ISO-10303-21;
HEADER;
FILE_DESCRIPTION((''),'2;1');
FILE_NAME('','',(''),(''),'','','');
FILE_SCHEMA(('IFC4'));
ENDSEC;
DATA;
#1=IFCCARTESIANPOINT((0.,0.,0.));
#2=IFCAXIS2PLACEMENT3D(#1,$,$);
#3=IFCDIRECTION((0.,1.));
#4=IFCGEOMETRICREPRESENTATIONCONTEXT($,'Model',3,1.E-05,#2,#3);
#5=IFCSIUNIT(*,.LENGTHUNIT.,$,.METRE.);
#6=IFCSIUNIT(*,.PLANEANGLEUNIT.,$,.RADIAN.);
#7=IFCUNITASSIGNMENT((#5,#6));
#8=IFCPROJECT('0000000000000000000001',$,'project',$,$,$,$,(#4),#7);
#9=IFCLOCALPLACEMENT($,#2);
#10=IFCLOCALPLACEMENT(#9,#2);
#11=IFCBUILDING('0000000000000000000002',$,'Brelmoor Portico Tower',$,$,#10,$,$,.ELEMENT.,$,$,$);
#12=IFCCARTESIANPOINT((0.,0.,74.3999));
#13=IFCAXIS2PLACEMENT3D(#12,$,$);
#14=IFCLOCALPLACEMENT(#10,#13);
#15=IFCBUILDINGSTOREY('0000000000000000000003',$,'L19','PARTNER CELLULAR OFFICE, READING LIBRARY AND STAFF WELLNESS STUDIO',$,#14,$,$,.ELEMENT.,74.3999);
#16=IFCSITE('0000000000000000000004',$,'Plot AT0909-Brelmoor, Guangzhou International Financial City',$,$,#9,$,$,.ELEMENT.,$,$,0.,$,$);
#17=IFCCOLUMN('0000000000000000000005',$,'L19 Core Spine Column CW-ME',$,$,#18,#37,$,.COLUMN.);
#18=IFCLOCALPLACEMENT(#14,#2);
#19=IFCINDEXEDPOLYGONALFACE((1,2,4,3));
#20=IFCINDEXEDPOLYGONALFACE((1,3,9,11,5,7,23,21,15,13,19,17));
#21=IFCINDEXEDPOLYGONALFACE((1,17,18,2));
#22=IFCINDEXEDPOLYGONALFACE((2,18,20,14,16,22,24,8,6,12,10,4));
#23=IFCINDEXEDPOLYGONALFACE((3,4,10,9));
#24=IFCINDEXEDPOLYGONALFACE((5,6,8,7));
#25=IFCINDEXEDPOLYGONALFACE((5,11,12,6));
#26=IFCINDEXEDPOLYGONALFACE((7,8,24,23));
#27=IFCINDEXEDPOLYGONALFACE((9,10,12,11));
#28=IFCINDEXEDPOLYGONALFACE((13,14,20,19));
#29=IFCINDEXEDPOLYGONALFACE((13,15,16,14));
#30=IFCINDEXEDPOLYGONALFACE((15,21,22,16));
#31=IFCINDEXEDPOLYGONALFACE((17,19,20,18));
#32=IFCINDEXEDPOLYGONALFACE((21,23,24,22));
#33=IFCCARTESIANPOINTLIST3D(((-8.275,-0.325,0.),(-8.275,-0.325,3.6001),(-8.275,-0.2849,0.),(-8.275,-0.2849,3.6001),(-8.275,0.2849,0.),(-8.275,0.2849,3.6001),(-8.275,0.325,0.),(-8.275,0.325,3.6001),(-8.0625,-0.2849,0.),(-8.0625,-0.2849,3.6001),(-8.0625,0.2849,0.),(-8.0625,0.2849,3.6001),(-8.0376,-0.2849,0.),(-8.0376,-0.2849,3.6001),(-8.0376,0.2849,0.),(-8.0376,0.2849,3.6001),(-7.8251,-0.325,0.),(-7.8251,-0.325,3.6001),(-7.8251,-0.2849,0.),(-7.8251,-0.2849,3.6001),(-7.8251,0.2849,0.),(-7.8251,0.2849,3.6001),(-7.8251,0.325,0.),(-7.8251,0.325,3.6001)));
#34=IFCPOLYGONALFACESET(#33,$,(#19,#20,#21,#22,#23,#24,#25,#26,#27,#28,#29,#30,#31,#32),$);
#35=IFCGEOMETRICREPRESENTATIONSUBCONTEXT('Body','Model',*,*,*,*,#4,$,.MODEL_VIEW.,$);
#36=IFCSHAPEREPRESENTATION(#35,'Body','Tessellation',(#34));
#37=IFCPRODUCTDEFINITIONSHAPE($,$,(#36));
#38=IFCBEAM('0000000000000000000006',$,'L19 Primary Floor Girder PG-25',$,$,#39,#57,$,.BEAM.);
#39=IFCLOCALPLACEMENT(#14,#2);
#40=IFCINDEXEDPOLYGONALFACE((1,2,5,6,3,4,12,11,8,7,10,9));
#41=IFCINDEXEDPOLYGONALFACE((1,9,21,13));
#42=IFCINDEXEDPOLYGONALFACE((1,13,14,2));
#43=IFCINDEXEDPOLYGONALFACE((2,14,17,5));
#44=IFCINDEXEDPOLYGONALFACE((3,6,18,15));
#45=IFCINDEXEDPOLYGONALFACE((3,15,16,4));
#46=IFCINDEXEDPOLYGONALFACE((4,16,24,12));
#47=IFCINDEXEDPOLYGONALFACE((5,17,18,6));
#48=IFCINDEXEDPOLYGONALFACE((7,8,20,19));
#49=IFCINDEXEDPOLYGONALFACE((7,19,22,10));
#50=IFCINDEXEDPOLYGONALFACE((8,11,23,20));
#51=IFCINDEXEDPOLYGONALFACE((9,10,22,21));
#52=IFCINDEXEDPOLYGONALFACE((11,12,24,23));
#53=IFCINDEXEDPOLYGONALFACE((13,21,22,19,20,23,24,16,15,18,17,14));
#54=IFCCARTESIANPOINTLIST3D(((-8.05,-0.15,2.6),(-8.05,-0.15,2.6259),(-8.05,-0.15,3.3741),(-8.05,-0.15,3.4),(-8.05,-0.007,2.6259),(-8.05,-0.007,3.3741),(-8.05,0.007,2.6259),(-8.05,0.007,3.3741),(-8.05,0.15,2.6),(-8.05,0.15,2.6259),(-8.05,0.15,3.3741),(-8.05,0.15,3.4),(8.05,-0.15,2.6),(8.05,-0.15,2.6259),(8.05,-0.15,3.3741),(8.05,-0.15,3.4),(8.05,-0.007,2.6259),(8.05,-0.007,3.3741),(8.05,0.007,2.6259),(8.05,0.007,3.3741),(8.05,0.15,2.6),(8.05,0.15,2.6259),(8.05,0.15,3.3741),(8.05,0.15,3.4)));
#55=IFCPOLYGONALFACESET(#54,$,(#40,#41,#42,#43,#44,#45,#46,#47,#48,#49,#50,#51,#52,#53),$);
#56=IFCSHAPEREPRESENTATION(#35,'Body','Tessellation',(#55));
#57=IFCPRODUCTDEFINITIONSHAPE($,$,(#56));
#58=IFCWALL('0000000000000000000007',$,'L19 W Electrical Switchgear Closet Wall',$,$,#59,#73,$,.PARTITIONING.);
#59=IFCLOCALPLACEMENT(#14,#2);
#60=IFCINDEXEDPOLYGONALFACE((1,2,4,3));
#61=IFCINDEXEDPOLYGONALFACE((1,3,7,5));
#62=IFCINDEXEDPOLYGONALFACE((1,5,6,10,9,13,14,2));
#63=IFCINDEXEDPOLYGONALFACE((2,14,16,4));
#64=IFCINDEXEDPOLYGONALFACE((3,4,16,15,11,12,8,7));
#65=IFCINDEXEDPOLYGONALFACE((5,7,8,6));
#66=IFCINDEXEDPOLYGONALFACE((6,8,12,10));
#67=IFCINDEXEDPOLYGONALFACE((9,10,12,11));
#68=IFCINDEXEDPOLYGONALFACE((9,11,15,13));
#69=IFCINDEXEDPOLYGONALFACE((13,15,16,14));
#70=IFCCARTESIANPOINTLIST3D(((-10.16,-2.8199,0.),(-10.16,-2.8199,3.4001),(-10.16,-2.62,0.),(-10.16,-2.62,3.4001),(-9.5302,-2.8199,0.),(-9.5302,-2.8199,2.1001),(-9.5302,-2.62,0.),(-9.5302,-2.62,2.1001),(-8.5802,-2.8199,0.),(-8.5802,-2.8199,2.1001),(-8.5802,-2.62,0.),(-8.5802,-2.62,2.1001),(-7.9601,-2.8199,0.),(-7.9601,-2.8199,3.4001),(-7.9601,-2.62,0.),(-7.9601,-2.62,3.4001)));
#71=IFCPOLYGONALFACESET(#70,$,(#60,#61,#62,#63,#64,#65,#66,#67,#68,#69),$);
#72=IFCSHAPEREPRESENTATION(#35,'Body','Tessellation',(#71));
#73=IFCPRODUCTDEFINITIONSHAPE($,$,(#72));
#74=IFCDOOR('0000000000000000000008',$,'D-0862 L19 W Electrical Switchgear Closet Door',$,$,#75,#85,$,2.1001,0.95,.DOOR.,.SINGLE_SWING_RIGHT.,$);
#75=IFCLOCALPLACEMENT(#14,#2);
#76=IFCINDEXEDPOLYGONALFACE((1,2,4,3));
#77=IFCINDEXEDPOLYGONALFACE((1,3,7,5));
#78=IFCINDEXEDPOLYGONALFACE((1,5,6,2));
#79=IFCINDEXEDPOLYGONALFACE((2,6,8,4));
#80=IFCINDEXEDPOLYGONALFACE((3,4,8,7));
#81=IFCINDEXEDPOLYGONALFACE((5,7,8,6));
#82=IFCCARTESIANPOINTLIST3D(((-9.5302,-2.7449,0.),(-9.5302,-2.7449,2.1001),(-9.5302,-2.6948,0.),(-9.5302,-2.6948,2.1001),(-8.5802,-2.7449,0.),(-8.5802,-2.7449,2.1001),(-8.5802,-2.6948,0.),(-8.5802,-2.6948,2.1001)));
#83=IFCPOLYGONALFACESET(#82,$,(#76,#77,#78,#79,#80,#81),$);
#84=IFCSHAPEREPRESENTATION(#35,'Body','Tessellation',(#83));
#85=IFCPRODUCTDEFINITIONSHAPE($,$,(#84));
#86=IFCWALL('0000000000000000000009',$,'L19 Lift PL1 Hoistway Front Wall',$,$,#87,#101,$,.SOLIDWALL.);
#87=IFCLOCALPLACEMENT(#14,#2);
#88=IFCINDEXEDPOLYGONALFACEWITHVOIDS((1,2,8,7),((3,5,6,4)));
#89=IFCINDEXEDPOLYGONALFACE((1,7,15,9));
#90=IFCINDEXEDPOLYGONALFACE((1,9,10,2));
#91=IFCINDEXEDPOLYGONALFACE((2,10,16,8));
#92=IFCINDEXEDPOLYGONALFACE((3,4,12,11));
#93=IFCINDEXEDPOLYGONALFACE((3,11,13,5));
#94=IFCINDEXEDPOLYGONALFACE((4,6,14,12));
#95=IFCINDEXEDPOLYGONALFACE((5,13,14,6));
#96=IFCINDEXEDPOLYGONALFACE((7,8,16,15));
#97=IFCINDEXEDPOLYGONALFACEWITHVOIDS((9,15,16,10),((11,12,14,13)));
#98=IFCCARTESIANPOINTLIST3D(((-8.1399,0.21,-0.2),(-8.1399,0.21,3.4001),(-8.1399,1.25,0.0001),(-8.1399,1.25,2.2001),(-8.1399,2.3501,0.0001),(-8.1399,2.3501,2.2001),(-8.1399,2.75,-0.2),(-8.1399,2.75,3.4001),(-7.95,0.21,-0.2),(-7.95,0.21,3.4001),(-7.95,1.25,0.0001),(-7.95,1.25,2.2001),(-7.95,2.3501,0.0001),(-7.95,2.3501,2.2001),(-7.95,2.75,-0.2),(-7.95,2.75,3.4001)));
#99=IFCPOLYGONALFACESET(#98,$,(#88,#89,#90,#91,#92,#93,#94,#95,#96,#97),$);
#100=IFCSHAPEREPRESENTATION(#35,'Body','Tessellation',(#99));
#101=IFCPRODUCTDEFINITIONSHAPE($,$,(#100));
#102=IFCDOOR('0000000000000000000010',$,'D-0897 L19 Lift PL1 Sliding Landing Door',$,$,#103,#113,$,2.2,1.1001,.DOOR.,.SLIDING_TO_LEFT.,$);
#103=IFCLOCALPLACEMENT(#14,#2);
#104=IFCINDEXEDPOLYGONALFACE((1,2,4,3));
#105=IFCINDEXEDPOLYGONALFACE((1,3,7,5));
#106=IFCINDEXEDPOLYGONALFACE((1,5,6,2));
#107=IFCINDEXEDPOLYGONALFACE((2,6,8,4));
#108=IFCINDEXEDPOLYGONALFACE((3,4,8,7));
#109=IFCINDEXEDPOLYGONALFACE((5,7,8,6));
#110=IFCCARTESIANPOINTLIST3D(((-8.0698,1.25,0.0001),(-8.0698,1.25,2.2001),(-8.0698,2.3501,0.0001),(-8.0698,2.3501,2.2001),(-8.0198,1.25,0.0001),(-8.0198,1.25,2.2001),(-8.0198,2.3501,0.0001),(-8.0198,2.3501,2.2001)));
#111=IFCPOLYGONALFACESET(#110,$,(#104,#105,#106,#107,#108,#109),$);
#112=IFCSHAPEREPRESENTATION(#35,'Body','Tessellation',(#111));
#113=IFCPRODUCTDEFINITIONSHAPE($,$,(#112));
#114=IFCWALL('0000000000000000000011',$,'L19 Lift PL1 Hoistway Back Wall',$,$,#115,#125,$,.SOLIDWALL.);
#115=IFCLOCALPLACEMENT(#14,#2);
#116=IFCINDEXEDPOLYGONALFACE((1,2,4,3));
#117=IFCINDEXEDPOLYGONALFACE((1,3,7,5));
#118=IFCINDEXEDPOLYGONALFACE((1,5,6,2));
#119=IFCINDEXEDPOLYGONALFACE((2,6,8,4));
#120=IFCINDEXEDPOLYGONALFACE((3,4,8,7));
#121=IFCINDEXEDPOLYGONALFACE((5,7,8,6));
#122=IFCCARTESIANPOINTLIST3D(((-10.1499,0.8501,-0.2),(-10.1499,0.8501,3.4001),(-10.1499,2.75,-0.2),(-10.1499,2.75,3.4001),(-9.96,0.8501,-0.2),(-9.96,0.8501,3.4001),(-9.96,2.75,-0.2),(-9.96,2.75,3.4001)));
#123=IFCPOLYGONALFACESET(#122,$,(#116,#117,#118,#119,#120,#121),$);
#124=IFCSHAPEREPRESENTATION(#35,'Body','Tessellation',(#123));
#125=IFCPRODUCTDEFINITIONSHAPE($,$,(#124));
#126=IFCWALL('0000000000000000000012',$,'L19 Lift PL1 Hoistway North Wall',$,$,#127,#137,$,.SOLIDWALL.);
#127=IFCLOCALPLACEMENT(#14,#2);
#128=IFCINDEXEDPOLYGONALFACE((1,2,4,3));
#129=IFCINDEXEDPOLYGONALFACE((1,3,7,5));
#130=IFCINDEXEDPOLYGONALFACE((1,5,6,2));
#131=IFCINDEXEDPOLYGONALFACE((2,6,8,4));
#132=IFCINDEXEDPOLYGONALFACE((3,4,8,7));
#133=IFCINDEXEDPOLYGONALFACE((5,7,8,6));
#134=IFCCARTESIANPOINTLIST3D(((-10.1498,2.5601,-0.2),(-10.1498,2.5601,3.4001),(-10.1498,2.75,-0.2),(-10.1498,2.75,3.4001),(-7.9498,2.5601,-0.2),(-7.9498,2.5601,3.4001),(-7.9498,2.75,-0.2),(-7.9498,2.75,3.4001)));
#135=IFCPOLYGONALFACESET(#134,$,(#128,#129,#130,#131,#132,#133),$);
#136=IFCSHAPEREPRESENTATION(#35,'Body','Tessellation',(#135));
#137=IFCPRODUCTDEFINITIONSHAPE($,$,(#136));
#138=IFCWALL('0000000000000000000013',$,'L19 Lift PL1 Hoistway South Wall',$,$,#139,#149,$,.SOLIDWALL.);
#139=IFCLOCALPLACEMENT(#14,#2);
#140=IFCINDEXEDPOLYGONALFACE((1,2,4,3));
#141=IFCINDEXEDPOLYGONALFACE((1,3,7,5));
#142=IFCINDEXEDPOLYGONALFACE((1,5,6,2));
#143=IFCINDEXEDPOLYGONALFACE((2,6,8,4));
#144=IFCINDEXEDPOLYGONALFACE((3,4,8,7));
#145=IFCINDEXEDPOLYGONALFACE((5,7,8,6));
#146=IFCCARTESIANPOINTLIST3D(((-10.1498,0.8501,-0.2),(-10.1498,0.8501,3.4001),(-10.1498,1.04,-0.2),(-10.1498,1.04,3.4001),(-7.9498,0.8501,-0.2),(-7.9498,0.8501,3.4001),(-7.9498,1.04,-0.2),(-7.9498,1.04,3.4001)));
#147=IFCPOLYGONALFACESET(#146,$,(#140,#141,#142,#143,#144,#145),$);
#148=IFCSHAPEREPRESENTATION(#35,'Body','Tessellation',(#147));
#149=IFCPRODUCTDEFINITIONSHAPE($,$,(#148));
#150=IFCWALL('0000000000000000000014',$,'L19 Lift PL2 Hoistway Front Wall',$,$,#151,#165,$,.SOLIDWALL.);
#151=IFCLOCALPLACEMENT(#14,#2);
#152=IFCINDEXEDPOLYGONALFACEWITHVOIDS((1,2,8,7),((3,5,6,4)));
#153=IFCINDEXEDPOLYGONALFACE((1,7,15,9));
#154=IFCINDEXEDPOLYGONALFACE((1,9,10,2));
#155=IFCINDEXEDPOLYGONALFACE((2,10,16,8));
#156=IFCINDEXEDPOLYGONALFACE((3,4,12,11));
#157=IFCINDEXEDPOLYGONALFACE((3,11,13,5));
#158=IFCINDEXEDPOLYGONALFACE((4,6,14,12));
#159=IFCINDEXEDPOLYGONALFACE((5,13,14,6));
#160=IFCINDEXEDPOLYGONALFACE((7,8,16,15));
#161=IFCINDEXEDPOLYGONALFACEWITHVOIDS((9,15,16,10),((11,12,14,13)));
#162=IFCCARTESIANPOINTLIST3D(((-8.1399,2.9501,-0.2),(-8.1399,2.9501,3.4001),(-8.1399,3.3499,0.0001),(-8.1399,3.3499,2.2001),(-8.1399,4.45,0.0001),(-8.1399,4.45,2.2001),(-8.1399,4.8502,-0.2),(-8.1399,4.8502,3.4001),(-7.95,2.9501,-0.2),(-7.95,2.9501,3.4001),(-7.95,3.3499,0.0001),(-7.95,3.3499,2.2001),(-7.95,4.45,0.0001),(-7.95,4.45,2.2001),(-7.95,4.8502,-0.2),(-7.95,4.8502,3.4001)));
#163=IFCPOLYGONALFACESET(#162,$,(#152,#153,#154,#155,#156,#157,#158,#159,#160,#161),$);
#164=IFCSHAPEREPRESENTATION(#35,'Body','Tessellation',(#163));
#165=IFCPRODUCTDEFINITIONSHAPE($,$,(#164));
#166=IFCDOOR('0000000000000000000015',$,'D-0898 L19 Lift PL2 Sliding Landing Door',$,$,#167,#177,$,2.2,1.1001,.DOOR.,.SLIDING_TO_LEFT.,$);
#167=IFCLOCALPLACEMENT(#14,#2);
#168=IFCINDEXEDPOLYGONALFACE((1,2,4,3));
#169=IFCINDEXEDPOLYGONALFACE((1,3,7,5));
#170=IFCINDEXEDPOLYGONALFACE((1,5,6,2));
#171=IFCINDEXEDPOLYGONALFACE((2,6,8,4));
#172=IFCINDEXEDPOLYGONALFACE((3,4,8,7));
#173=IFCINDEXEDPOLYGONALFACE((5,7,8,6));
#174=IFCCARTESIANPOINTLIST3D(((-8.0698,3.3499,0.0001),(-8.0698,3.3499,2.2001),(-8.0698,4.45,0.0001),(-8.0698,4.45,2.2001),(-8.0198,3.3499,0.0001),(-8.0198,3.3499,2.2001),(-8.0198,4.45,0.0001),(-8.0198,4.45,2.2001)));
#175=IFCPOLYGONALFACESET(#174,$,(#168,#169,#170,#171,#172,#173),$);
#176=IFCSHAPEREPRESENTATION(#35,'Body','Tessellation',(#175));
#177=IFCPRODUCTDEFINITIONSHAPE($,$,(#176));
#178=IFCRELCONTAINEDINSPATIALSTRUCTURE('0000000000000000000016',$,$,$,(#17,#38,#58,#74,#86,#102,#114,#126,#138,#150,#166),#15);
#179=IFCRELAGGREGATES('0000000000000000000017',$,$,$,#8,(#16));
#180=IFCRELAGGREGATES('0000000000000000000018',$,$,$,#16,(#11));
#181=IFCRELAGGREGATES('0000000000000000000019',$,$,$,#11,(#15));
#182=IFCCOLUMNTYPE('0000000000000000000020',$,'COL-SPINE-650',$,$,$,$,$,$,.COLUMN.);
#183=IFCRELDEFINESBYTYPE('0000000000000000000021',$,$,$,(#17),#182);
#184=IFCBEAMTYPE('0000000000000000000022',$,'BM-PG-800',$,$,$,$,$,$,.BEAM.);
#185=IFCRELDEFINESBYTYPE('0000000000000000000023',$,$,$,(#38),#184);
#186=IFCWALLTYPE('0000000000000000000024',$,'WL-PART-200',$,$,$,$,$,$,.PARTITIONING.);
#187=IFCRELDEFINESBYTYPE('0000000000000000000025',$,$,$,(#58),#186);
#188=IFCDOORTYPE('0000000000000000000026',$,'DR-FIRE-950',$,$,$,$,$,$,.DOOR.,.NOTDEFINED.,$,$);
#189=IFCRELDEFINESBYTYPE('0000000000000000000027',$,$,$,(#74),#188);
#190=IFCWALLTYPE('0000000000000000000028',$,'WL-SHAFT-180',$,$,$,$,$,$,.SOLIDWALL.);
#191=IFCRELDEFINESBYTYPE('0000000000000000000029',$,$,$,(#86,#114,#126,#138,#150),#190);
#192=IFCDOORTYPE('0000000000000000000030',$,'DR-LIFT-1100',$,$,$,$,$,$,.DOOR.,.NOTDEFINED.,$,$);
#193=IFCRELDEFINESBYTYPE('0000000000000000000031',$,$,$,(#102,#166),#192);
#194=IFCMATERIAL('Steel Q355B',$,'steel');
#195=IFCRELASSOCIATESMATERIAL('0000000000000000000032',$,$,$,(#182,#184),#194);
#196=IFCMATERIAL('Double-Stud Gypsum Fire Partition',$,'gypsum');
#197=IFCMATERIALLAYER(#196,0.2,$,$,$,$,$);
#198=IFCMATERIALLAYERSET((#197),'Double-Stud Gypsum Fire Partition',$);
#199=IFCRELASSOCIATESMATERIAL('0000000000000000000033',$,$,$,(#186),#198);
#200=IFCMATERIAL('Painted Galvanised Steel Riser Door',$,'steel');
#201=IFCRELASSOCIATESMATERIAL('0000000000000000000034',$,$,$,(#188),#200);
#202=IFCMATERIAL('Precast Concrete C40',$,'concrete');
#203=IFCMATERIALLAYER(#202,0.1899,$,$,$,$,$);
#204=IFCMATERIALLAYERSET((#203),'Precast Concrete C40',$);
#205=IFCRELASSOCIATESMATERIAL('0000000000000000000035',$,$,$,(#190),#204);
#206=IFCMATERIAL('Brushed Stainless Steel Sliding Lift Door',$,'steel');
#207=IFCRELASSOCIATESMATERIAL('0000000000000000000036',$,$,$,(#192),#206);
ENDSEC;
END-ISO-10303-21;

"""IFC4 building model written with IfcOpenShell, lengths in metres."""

from ifc_helpers import new_model, si_unit, direction, frame, frame_2d, origin, origin_2d, place, context, subcontext, project, spatial, rectangle, i_section, extrude, material, layer, layer_set, material_profile, profile_set, type_object, element, fill, save


model = new_model("IFC4")

# Units and contexts
model_context = context("Model", 3, precision=1e-05, world=origin(), true_north=direction((0.0, 1.0)))
body_context = subcontext(model_context, "Body", "Model", "MODEL_VIEW")
ifc_project = project(units=[si_unit("LENGTHUNIT", "METRE"), si_unit("PLANEANGLEUNIT", "RADIAN")], contexts=[model_context])

# Site, building, storey
site_placement = place(None, origin())
site = spatial("IfcSite", under=ifc_project, at=site_placement, Name="Plot AT0909-Brelmoor, Guangzhou International Financial City", CompositionType="ELEMENT", RefElevation=0.0)
building_placement = place(site_placement, origin())
building = spatial("IfcBuilding", under=site, at=building_placement, Name="Brelmoor Portico Tower", CompositionType="ELEMENT")
storey_placement = place(building_placement, frame((0.0, 0.0, 74.3999)))
storey = spatial("IfcBuildingStorey", under=building, at=storey_placement, Name="L19", Description="PARTNER CELLULAR OFFICE, READING LIBRARY AND STAFF WELLNESS STUDIO", CompositionType="ELEMENT", Elevation=74.3999)

# Column
ifc_material_1 = material(Name="Steel Q355B", Category="steel")
ifc_material_profile_1 = material_profile(ifc_material_1, i_section(OverallWidth=0.45, OverallDepth=0.6499, WebThickness=0.0249, FlangeThickness=0.04, at=origin_2d()), Name="HW 650x450x25x40")
ifc_profile_set_1 = profile_set([ifc_material_profile_1], Name="Steel Q355B")
column_type = type_object("IfcColumnType", Name="COL-SPINE-650", PredefinedType="COLUMN", material=ifc_profile_set_1)
column_placement = place(storey_placement, frame((-8.05, 0.0, 0.0), z_axis=(0.0, 0.0, 1.0), x_axis=(1.0, 0.0, 0.0)))
element("IfcColumn", 1, at=column_placement, inside=storey, type_object=column_type, Name="L19 Core Spine Column CW-ME", PredefinedType="COLUMN", context=body_context, shape_type="SweptSolid", body=[
    extrude(i_section(OverallWidth=0.45, OverallDepth=0.6499, WebThickness=0.0249, FlangeThickness=0.04, at=origin_2d()), origin(), (0.0, 0.0, 1.0), 3.6001),
])

# Beam
ifc_material_profile_2 = material_profile(ifc_material_1, i_section(OverallWidth=0.3, OverallDepth=0.8, WebThickness=0.0139, FlangeThickness=0.0259, at=origin_2d()), Name="HN 800x300x14x26")
ifc_profile_set_2 = profile_set([ifc_material_profile_2], Name="Steel Q355B")
beam_type = type_object("IfcBeamType", Name="BM-PG-800", PredefinedType="BEAM", material=ifc_profile_set_2)
beam_placement = place(storey_placement, frame((-8.05, 0.0, 3.0), z_axis=(1.0, 0.0, 0.0), x_axis=(0.0, 1.0, 0.0)))
element("IfcBeam", 2, at=beam_placement, inside=storey, type_object=beam_type, Name="L19 Primary Floor Girder PG-25", PredefinedType="BEAM", context=body_context, shape_type="SweptSolid", body=[
    extrude(i_section(OverallWidth=0.3, OverallDepth=0.8, WebThickness=0.0139, FlangeThickness=0.0259, at=origin_2d()), origin(), (0.0, 0.0, 1.0), 16.1001),
])

# Walls, openings, doors
ifc_material_2 = material(Name="Double-Stud Gypsum Fire Partition", Category="gypsum")
ifc_layer_1 = layer(ifc_material_2, 0.2)
ifc_layer_set_1 = layer_set([ifc_layer_1], Name="Double-Stud Gypsum Fire Partition")
wall_type_1 = type_object("IfcWallType", Name="WL-PART-200", PredefinedType="PARTITIONING", material=ifc_layer_set_1)
wall_1_placement = place(storey_placement, frame((-7.96, -2.72, 0.0), z_axis=(0.0, 0.0, 1.0), x_axis=(-1.0, 0.0, 0.0)))
wall_1 = element("IfcWall", 3, at=wall_1_placement, inside=storey, type_object=wall_type_1, Name="L19 W Electrical Switchgear Closet Wall", PredefinedType="PARTITIONING", context=body_context, shape_type="SweptSolid", body=[
    extrude(rectangle(XDim=2.2, YDim=0.2, at=frame_2d((1.1001, 0.0))), origin(), (0.0, 0.0, 1.0), 3.4001),
])
opening_1_placement = place(wall_1_placement, frame((0.6201, 0.0, 0.0)))
opening_1 = element("IfcOpeningElement", 4, at=opening_1_placement, cuts=wall_1, PredefinedType="OPENING", context=body_context, shape_type="SweptSolid", body=[
    extrude(rectangle(XDim=0.95, YDim=2.1001, at=frame_2d((0.4751, 1.05))), frame((0.0, 0.1099, 0.0), z_axis=(0.0, -1.0, 0.0), x_axis=(1.0, 0.0, 0.0)), (0.0, 0.0, 1.0), 0.22),
])
ifc_material_3 = material(Name="Painted Galvanised Steel Riser Door", Category="steel")
door_type_1 = type_object("IfcDoorType", Name="DR-FIRE-950", OperationType="NOTDEFINED", PredefinedType="DOOR", material=ifc_material_3)
door_1_placement = place(opening_1_placement, origin())
door_1 = element("IfcDoor", 5, at=door_1_placement, inside=storey, type_object=door_type_1, Name="D-0862 L19 W Electrical Switchgear Closet Door", OperationType="SINGLE_SWING_RIGHT", OverallHeight=2.1001, OverallWidth=0.95, PredefinedType="DOOR", context=body_context, shape_type="SweptSolid", body=[
    extrude(rectangle(XDim=0.95, YDim=2.1001, at=frame_2d((0.4751, 1.05))), frame((0.0, 0.0249, 0.0), z_axis=(0.0, -1.0, 0.0), x_axis=(1.0, 0.0, 0.0)), (0.0, 0.0, 1.0), 0.05),
])
fill(opening_1, door_1)
ifc_material_4 = material(Name="Precast Concrete C40", Category="concrete")
ifc_layer_2 = layer(ifc_material_4, 0.1899)
ifc_layer_set_2 = layer_set([ifc_layer_2], Name="Precast Concrete C40")
wall_type_2 = type_object("IfcWallType", Name="WL-SHAFT-180", PredefinedType="SOLIDWALL", material=ifc_layer_set_2)
wall_2_placement = place(storey_placement, frame((-8.0449, 0.21, -0.2), z_axis=(0.0, 0.0, 1.0), x_axis=(0.0, 1.0, 0.0)))
wall_2 = element("IfcWall", 6, at=wall_2_placement, inside=storey, type_object=wall_type_2, Name="L19 Lift PL1 Hoistway Front Wall", PredefinedType="SOLIDWALL", context=body_context, shape_type="SweptSolid", body=[
    extrude(rectangle(XDim=2.54, YDim=0.1899, at=frame_2d((1.27, 0.0))), origin(), (0.0, 0.0, 1.0), 3.6001),
])
opening_2_placement = place(wall_2_placement, frame((1.04, 0.0, 0.2)))
opening_2 = element("IfcOpeningElement", 7, at=opening_2_placement, cuts=wall_2, PredefinedType="OPENING", context=body_context, shape_type="SweptSolid", body=[
    extrude(rectangle(XDim=1.1001, YDim=2.2, at=frame_2d((0.55, 1.1001))), frame((0.0, 0.105, 0.0), z_axis=(0.0, -1.0, 0.0), x_axis=(1.0, 0.0, 0.0)), (0.0, 0.0, 1.0), 0.21),
])
ifc_material_5 = material(Name="Brushed Stainless Steel Sliding Lift Door", Category="steel")
door_type_2 = type_object("IfcDoorType", Name="DR-LIFT-1100", OperationType="NOTDEFINED", PredefinedType="DOOR", material=ifc_material_5)
door_2_placement = place(opening_2_placement, origin())
door_2 = element("IfcDoor", 8, at=door_2_placement, inside=storey, type_object=door_type_2, Name="D-0897 L19 Lift PL1 Sliding Landing Door", OperationType="SLIDING_TO_LEFT", OverallHeight=2.2, OverallWidth=1.1001, PredefinedType="DOOR", context=body_context, shape_type="SweptSolid", body=[
    extrude(rectangle(XDim=1.1001, YDim=2.2, at=frame_2d((0.55, 1.1001))), frame((0.0, 0.0249, 0.0), z_axis=(0.0, -1.0, 0.0), x_axis=(1.0, 0.0, 0.0)), (0.0, 0.0, 1.0), 0.05),
])
fill(opening_2, door_2)

# Walls
wall_3_placement = place(storey_placement, frame((-10.0549, 0.8501, -0.2), z_axis=(0.0, 0.0, 1.0), x_axis=(0.0, 1.0, 0.0)))
element("IfcWall", 9, at=wall_3_placement, inside=storey, type_object=wall_type_2, Name="L19 Lift PL1 Hoistway Back Wall", PredefinedType="SOLIDWALL", context=body_context, shape_type="SweptSolid", body=[
    extrude(rectangle(XDim=1.8999, YDim=0.1899, at=frame_2d((0.95, 0.0))), origin(), (0.0, 0.0, 1.0), 3.6001),
])
for number, where, z_axis, x_axis, name in (
    (10, (-10.1499, 2.655, -0.2), (0.0, 0.0, 1.0), (1.0, 0.0, 0.0), "L19 Lift PL1 Hoistway North Wall"),
    (11, (-10.1499, 0.9451, -0.2), (0.0, 0.0, 1.0), (1.0, 0.0, 0.0), "L19 Lift PL1 Hoistway South Wall"),
):
    element("IfcWall", number, at=place(storey_placement, frame(where, z_axis=z_axis, x_axis=x_axis)), inside=storey, type_object=wall_type_2, Name=name, PredefinedType="SOLIDWALL", context=body_context, shape_type="SweptSolid", body=[
        extrude(rectangle(XDim=2.2, YDim=0.1899, at=frame_2d((1.1001, 0.0))), origin(), (0.0, 0.0, 1.0), 3.6001),
    ])

# Wall, opening, door
wall_4_placement = place(storey_placement, frame((-8.0449, 2.95, -0.2), z_axis=(0.0, 0.0, 1.0), x_axis=(0.0, 1.0, 0.0)))
wall_4 = element("IfcWall", 12, at=wall_4_placement, inside=storey, type_object=wall_type_2, Name="L19 Lift PL2 Hoistway Front Wall", PredefinedType="SOLIDWALL", context=body_context, shape_type="SweptSolid", body=[
    extrude(rectangle(XDim=1.9001, YDim=0.1899, at=frame_2d((0.9502, 0.0))), origin(), (0.0, 0.0, 1.0), 3.6001),
])
opening_3_placement = place(wall_4_placement, frame((0.3999, 0.0, 0.2)))
opening_3 = element("IfcOpeningElement", 13, at=opening_3_placement, cuts=wall_4, PredefinedType="OPENING", context=body_context, shape_type="SweptSolid", body=[
    extrude(rectangle(XDim=1.1001, YDim=2.2, at=frame_2d((0.55, 1.1001))), frame((0.0, 0.105, 0.0), z_axis=(0.0, -1.0, 0.0), x_axis=(1.0, 0.0, 0.0)), (0.0, 0.0, 1.0), 0.21),
])
door_3_placement = place(opening_3_placement, origin())
door_3 = element("IfcDoor", 14, at=door_3_placement, inside=storey, type_object=door_type_2, Name="D-0898 L19 Lift PL2 Sliding Landing Door", OperationType="SLIDING_TO_LEFT", OverallHeight=2.2, OverallWidth=1.1001, PredefinedType="DOOR", context=body_context, shape_type="SweptSolid", body=[
    extrude(rectangle(XDim=1.1001, YDim=2.2, at=frame_2d((0.55, 1.1001))), frame((0.0, 0.0249, 0.0), z_axis=(0.0, -1.0, 0.0), x_axis=(1.0, 0.0, 0.0)), (0.0, 0.0, 1.0), 0.05),
])
fill(opening_3, door_3)

save(model, "model.ifc")
